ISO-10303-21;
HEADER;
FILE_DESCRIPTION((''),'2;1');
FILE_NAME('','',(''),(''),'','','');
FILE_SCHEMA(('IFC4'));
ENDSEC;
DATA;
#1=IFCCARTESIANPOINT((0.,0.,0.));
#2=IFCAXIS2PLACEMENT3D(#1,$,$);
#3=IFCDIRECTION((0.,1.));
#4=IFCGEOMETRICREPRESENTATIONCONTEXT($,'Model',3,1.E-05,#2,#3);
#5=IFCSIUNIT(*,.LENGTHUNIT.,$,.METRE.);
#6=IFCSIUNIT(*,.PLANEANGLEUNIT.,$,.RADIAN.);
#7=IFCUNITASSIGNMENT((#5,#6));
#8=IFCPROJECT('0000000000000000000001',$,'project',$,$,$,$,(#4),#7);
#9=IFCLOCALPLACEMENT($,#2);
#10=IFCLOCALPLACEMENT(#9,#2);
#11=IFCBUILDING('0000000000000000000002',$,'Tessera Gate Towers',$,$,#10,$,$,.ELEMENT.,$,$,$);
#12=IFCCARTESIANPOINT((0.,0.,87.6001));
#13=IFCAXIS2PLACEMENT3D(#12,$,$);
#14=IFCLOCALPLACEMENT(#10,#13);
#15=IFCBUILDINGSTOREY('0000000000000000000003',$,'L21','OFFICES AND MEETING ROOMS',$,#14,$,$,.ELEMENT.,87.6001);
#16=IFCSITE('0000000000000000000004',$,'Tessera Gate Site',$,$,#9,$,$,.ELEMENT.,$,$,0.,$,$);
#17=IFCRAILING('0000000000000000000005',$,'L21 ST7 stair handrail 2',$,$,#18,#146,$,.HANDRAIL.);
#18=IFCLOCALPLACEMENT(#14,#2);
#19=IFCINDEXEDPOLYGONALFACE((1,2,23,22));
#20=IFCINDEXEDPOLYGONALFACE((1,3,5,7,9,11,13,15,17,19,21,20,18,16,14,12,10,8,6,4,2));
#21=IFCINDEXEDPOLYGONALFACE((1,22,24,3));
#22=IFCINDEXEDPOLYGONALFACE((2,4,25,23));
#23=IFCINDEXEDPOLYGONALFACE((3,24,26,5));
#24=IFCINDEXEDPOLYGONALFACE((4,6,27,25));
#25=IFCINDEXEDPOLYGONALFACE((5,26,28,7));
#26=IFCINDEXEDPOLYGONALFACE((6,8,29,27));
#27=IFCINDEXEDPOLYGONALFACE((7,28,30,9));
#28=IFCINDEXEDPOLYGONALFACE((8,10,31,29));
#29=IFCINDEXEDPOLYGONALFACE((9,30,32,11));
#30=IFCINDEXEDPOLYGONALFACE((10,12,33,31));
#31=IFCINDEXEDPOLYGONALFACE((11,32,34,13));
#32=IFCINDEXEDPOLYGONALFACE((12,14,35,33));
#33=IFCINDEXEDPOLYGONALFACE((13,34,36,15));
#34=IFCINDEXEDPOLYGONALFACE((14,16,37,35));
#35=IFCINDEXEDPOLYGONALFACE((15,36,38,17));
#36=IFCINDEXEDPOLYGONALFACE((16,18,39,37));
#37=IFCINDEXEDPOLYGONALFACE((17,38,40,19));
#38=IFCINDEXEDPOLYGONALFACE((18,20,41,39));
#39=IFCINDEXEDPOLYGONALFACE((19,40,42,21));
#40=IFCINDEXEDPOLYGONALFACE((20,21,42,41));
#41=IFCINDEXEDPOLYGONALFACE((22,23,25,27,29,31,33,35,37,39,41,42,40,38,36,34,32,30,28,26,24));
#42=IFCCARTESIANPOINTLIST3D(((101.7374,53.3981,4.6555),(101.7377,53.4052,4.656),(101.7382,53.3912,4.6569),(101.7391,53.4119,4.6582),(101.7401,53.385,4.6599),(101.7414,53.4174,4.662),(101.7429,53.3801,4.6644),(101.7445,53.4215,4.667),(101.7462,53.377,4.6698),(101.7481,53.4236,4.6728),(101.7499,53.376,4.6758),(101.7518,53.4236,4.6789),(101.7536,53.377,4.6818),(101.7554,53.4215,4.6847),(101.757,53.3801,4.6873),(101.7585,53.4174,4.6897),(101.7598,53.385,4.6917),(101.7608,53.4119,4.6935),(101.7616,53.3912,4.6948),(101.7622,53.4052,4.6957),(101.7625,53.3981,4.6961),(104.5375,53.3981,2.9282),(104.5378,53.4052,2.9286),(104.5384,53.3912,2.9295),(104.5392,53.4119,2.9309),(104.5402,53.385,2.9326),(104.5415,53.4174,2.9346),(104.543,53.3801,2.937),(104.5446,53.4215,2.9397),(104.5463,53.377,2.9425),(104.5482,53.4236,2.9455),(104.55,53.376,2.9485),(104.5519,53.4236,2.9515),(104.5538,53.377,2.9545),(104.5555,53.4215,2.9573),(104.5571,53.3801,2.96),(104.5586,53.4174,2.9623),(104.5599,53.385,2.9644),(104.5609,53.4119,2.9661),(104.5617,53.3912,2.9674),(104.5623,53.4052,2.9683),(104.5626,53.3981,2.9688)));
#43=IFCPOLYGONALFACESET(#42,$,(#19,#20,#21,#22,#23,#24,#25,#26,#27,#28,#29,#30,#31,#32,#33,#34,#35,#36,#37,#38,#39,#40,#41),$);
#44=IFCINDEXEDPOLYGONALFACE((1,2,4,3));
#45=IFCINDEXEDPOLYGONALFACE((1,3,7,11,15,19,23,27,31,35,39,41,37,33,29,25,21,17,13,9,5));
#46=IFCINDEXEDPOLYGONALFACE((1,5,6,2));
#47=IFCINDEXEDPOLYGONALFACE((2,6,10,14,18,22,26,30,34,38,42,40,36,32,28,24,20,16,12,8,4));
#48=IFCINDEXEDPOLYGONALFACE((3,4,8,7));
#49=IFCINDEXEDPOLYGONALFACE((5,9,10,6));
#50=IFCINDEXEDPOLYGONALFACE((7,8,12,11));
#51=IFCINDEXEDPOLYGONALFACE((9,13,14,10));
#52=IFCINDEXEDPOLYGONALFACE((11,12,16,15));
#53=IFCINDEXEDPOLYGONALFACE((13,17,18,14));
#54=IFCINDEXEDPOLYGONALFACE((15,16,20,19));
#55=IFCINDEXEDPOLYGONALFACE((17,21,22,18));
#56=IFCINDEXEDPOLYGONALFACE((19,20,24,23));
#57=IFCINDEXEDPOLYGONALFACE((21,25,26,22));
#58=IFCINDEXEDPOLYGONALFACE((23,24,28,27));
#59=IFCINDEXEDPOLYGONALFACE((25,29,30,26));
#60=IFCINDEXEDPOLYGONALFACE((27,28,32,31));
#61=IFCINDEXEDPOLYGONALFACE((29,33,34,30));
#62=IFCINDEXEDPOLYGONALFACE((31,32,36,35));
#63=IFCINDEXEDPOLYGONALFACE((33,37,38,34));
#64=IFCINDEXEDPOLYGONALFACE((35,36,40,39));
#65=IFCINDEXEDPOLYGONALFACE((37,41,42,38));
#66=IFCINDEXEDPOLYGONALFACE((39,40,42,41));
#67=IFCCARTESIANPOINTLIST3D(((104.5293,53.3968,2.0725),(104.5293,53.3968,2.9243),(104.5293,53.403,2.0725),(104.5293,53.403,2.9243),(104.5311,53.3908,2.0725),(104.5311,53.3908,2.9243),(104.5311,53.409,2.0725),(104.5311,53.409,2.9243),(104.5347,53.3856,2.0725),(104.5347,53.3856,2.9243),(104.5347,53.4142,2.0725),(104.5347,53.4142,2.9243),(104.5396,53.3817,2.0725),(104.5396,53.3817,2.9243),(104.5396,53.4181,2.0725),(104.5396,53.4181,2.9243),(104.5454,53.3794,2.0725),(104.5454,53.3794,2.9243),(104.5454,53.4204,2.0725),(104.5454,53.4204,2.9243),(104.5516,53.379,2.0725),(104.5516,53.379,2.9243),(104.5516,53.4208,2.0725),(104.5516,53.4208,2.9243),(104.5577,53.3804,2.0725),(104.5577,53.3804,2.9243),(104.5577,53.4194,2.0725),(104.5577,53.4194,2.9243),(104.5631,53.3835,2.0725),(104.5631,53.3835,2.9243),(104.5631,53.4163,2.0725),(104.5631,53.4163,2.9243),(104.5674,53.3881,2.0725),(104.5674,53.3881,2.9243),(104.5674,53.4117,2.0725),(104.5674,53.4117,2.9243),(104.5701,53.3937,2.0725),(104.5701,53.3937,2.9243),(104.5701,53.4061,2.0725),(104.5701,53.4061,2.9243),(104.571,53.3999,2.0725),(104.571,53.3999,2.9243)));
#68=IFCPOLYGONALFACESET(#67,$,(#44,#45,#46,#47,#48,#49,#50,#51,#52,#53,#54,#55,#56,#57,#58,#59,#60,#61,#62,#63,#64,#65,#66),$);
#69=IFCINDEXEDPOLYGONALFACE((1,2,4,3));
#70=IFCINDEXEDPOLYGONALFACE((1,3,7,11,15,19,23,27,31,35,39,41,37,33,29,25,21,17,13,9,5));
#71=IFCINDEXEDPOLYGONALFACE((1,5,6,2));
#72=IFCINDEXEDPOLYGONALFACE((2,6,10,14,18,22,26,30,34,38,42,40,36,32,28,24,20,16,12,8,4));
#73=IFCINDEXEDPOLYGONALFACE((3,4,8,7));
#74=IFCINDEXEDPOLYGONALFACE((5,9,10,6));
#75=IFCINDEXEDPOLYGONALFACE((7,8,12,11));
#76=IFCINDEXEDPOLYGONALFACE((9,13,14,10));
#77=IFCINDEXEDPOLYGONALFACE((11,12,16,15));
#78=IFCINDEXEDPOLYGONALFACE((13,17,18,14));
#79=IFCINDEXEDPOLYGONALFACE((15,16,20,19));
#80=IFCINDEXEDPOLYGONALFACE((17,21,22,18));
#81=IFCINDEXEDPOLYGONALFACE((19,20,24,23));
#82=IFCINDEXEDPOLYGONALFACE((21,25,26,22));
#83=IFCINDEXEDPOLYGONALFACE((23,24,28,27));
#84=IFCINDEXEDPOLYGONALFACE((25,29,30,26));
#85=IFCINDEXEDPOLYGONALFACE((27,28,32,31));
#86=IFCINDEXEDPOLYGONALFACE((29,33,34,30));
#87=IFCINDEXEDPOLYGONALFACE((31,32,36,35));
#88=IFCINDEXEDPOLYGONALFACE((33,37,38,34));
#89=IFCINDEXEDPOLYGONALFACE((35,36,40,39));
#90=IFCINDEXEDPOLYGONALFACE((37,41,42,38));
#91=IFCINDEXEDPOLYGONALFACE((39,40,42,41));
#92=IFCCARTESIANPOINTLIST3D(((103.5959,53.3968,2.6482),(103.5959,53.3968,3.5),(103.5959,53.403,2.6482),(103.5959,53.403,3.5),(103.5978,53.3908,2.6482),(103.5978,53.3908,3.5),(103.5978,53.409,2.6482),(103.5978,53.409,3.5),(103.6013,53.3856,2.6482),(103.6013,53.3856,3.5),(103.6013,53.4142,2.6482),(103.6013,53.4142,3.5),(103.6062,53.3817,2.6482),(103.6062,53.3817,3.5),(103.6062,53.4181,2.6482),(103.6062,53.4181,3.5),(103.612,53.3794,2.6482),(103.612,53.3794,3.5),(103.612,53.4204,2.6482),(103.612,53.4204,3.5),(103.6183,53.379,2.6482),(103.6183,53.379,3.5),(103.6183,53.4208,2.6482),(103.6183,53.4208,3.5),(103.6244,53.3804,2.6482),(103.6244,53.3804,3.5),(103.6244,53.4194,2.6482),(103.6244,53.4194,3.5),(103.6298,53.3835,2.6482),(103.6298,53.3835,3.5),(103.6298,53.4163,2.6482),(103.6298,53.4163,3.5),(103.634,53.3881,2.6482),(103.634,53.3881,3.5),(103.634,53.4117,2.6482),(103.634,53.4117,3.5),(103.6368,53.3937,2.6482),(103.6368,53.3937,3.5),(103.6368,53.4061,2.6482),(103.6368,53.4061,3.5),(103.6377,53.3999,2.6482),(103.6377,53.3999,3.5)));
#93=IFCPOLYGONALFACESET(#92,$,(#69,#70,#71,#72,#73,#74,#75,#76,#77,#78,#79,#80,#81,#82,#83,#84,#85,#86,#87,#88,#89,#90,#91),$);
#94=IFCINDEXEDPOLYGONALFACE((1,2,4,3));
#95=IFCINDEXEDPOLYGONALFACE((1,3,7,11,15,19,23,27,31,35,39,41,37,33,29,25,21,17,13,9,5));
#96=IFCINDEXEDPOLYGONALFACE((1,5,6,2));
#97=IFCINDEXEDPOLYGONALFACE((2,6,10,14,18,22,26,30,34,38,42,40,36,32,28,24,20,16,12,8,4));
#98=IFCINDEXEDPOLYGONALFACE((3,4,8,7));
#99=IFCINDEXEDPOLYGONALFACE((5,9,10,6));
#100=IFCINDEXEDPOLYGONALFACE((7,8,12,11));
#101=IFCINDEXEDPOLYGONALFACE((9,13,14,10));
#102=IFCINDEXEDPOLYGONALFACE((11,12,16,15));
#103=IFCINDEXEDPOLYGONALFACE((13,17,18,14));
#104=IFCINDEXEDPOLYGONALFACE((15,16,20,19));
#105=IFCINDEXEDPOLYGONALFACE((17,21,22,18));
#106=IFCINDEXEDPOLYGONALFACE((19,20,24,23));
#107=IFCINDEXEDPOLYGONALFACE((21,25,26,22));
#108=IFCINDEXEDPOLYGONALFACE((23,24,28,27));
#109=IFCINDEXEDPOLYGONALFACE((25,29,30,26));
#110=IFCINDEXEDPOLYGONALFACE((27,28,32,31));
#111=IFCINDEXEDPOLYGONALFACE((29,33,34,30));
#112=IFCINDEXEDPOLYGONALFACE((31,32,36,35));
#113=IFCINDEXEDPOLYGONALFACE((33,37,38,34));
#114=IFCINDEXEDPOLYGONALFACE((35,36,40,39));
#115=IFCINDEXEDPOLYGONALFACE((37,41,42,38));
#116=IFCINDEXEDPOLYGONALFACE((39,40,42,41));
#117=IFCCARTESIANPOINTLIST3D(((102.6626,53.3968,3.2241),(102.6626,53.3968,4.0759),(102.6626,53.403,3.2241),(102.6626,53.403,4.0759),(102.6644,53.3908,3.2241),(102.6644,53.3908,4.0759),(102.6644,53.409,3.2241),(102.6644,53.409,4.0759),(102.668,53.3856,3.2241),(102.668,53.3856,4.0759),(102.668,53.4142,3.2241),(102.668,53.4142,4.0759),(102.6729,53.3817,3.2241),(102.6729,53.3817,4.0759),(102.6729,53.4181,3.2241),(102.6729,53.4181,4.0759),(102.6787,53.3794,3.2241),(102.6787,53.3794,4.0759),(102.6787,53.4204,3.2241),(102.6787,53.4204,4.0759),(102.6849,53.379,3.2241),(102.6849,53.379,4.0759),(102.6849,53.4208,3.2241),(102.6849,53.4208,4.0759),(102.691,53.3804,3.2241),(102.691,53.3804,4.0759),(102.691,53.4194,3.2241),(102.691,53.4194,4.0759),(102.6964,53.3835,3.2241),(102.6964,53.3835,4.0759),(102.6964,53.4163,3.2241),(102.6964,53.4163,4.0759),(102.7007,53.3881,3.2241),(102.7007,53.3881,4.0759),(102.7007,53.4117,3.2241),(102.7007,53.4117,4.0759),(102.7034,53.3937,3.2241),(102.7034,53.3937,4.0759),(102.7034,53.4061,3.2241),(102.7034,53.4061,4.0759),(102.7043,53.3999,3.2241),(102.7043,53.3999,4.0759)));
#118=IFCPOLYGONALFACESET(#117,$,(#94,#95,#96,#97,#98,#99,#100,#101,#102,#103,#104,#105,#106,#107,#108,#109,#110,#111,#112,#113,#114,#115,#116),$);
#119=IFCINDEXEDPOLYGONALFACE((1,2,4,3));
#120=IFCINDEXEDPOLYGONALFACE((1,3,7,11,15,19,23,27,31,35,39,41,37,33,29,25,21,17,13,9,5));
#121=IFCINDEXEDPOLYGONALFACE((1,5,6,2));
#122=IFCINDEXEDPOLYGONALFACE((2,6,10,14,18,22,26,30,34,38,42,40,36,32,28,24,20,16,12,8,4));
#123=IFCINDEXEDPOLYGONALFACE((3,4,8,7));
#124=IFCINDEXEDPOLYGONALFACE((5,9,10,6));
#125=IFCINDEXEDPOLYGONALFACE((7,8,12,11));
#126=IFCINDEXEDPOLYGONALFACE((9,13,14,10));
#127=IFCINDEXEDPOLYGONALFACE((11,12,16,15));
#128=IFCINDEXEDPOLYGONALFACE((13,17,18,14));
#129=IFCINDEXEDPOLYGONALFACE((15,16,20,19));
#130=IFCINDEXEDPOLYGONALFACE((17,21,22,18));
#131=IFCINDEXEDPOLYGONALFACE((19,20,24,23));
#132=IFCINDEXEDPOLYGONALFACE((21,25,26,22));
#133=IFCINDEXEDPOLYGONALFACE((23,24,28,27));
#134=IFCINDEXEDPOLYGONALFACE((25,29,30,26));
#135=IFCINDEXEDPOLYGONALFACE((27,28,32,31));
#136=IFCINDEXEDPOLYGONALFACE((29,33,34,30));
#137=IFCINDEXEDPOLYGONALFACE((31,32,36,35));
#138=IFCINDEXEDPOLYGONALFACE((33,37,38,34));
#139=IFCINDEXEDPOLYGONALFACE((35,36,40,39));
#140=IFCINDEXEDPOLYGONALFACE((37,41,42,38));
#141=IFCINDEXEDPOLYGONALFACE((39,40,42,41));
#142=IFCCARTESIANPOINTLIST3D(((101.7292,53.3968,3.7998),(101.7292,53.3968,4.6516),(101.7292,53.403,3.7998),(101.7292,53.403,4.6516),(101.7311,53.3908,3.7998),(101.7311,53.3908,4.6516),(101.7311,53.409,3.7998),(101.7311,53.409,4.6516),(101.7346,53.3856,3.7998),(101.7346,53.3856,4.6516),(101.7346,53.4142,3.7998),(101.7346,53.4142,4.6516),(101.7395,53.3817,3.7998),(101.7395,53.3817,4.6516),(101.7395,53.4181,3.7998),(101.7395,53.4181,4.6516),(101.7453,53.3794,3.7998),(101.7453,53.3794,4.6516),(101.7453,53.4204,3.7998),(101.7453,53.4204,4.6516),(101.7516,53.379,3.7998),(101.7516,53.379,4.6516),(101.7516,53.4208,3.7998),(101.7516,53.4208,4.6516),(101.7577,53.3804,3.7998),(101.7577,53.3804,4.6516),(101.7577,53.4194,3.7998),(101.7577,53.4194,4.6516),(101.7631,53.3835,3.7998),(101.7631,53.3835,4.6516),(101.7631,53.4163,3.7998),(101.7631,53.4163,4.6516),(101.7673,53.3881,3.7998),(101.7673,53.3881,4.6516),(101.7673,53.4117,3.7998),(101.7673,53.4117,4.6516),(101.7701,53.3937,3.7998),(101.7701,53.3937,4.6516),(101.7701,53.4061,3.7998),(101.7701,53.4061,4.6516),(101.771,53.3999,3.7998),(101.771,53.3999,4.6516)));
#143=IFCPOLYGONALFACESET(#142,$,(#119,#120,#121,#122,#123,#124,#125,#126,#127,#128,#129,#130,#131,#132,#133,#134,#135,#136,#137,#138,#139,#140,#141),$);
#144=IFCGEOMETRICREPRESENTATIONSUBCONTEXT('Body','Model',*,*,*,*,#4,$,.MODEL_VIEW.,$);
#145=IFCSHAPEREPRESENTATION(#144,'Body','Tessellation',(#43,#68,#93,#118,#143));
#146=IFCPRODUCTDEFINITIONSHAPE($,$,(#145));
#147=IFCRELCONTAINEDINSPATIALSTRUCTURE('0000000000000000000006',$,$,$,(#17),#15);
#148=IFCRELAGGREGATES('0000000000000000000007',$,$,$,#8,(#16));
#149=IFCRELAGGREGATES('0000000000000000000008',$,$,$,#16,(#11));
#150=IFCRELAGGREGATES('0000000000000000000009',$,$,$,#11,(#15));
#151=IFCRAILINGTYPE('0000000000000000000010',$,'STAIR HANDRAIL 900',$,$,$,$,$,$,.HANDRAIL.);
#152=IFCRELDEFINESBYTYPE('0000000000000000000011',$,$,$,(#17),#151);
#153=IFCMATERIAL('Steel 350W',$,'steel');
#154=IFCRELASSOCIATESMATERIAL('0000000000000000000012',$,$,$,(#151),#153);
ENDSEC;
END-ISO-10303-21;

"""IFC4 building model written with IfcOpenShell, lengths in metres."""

from ifc_helpers import new_model, si_unit, direction, frame, origin, origin_2d, place, context, subcontext, project, spatial, circle, extrude, material, type_object, element, save


model = new_model("IFC4")

# Units and contexts
model_context = context("Model", 3, precision=1e-05, world=origin(), true_north=direction((0.0, 1.0)))
body_context = subcontext(model_context, "Body", "Model", "MODEL_VIEW")
ifc_project = project(units=[si_unit("LENGTHUNIT", "METRE"), si_unit("PLANEANGLEUNIT", "RADIAN")], contexts=[model_context])

# Site, building, storey
site_placement = place(None, origin())
site = spatial("IfcSite", under=ifc_project, at=site_placement, Name="Tessera Gate Site", CompositionType="ELEMENT", RefElevation=0.0)
building_placement = place(site_placement, origin())
building = spatial("IfcBuilding", under=site, at=building_placement, Name="Tessera Gate Towers", CompositionType="ELEMENT")
storey_placement = place(building_placement, frame((0.0, 0.0, 87.6001)))
storey = spatial("IfcBuildingStorey", under=building, at=storey_placement, Name="L21", Description="OFFICES AND MEETING ROOMS", CompositionType="ELEMENT", Elevation=87.6001)

# Railing
ifc_material_1 = material(Name="Steel 350W", Category="steel")
railing_type_1 = type_object("IfcRailingType", Name="STAIR HANDRAIL 900", PredefinedType="HANDRAIL", material=ifc_material_1)
railing_1_placement = place(storey_placement, frame((104.55, 53.3999, 2.0725)))
element("IfcRailing", 1, at=railing_1_placement, inside=storey, type_object=railing_type_1, Name="L21 ST7 stair handrail 2", PredefinedType="HANDRAIL", context=body_context, shape_type="SweptSolid", body=[
    extrude(circle(Radius=0.0239, at=origin_2d()), frame((0.0, 0.0, 0.876), z_axis=(-0.85109, 0.0, 0.52502), x_axis=(0.0, -1.0, 0.0)), (0.0, 0.0, 1.0), 3.29),
    extrude(circle(Radius=0.021, at=origin_2d()), origin(), (0.0, 0.0, 1.0), 0.8518),
    extrude(circle(Radius=0.021, at=origin_2d()), frame((-0.9333, 0.0, 0.5757)), (0.0, 0.0, 1.0), 0.8518),
    extrude(circle(Radius=0.021, at=origin_2d()), frame((-1.8667, 0.0, 1.1516)), (0.0, 0.0, 1.0), 0.8518),
    extrude(circle(Radius=0.021, at=origin_2d()), frame((-2.8, 0.0, 1.7273)), (0.0, 0.0, 1.0), 0.8518),
])

save(model, "model.ifc")
